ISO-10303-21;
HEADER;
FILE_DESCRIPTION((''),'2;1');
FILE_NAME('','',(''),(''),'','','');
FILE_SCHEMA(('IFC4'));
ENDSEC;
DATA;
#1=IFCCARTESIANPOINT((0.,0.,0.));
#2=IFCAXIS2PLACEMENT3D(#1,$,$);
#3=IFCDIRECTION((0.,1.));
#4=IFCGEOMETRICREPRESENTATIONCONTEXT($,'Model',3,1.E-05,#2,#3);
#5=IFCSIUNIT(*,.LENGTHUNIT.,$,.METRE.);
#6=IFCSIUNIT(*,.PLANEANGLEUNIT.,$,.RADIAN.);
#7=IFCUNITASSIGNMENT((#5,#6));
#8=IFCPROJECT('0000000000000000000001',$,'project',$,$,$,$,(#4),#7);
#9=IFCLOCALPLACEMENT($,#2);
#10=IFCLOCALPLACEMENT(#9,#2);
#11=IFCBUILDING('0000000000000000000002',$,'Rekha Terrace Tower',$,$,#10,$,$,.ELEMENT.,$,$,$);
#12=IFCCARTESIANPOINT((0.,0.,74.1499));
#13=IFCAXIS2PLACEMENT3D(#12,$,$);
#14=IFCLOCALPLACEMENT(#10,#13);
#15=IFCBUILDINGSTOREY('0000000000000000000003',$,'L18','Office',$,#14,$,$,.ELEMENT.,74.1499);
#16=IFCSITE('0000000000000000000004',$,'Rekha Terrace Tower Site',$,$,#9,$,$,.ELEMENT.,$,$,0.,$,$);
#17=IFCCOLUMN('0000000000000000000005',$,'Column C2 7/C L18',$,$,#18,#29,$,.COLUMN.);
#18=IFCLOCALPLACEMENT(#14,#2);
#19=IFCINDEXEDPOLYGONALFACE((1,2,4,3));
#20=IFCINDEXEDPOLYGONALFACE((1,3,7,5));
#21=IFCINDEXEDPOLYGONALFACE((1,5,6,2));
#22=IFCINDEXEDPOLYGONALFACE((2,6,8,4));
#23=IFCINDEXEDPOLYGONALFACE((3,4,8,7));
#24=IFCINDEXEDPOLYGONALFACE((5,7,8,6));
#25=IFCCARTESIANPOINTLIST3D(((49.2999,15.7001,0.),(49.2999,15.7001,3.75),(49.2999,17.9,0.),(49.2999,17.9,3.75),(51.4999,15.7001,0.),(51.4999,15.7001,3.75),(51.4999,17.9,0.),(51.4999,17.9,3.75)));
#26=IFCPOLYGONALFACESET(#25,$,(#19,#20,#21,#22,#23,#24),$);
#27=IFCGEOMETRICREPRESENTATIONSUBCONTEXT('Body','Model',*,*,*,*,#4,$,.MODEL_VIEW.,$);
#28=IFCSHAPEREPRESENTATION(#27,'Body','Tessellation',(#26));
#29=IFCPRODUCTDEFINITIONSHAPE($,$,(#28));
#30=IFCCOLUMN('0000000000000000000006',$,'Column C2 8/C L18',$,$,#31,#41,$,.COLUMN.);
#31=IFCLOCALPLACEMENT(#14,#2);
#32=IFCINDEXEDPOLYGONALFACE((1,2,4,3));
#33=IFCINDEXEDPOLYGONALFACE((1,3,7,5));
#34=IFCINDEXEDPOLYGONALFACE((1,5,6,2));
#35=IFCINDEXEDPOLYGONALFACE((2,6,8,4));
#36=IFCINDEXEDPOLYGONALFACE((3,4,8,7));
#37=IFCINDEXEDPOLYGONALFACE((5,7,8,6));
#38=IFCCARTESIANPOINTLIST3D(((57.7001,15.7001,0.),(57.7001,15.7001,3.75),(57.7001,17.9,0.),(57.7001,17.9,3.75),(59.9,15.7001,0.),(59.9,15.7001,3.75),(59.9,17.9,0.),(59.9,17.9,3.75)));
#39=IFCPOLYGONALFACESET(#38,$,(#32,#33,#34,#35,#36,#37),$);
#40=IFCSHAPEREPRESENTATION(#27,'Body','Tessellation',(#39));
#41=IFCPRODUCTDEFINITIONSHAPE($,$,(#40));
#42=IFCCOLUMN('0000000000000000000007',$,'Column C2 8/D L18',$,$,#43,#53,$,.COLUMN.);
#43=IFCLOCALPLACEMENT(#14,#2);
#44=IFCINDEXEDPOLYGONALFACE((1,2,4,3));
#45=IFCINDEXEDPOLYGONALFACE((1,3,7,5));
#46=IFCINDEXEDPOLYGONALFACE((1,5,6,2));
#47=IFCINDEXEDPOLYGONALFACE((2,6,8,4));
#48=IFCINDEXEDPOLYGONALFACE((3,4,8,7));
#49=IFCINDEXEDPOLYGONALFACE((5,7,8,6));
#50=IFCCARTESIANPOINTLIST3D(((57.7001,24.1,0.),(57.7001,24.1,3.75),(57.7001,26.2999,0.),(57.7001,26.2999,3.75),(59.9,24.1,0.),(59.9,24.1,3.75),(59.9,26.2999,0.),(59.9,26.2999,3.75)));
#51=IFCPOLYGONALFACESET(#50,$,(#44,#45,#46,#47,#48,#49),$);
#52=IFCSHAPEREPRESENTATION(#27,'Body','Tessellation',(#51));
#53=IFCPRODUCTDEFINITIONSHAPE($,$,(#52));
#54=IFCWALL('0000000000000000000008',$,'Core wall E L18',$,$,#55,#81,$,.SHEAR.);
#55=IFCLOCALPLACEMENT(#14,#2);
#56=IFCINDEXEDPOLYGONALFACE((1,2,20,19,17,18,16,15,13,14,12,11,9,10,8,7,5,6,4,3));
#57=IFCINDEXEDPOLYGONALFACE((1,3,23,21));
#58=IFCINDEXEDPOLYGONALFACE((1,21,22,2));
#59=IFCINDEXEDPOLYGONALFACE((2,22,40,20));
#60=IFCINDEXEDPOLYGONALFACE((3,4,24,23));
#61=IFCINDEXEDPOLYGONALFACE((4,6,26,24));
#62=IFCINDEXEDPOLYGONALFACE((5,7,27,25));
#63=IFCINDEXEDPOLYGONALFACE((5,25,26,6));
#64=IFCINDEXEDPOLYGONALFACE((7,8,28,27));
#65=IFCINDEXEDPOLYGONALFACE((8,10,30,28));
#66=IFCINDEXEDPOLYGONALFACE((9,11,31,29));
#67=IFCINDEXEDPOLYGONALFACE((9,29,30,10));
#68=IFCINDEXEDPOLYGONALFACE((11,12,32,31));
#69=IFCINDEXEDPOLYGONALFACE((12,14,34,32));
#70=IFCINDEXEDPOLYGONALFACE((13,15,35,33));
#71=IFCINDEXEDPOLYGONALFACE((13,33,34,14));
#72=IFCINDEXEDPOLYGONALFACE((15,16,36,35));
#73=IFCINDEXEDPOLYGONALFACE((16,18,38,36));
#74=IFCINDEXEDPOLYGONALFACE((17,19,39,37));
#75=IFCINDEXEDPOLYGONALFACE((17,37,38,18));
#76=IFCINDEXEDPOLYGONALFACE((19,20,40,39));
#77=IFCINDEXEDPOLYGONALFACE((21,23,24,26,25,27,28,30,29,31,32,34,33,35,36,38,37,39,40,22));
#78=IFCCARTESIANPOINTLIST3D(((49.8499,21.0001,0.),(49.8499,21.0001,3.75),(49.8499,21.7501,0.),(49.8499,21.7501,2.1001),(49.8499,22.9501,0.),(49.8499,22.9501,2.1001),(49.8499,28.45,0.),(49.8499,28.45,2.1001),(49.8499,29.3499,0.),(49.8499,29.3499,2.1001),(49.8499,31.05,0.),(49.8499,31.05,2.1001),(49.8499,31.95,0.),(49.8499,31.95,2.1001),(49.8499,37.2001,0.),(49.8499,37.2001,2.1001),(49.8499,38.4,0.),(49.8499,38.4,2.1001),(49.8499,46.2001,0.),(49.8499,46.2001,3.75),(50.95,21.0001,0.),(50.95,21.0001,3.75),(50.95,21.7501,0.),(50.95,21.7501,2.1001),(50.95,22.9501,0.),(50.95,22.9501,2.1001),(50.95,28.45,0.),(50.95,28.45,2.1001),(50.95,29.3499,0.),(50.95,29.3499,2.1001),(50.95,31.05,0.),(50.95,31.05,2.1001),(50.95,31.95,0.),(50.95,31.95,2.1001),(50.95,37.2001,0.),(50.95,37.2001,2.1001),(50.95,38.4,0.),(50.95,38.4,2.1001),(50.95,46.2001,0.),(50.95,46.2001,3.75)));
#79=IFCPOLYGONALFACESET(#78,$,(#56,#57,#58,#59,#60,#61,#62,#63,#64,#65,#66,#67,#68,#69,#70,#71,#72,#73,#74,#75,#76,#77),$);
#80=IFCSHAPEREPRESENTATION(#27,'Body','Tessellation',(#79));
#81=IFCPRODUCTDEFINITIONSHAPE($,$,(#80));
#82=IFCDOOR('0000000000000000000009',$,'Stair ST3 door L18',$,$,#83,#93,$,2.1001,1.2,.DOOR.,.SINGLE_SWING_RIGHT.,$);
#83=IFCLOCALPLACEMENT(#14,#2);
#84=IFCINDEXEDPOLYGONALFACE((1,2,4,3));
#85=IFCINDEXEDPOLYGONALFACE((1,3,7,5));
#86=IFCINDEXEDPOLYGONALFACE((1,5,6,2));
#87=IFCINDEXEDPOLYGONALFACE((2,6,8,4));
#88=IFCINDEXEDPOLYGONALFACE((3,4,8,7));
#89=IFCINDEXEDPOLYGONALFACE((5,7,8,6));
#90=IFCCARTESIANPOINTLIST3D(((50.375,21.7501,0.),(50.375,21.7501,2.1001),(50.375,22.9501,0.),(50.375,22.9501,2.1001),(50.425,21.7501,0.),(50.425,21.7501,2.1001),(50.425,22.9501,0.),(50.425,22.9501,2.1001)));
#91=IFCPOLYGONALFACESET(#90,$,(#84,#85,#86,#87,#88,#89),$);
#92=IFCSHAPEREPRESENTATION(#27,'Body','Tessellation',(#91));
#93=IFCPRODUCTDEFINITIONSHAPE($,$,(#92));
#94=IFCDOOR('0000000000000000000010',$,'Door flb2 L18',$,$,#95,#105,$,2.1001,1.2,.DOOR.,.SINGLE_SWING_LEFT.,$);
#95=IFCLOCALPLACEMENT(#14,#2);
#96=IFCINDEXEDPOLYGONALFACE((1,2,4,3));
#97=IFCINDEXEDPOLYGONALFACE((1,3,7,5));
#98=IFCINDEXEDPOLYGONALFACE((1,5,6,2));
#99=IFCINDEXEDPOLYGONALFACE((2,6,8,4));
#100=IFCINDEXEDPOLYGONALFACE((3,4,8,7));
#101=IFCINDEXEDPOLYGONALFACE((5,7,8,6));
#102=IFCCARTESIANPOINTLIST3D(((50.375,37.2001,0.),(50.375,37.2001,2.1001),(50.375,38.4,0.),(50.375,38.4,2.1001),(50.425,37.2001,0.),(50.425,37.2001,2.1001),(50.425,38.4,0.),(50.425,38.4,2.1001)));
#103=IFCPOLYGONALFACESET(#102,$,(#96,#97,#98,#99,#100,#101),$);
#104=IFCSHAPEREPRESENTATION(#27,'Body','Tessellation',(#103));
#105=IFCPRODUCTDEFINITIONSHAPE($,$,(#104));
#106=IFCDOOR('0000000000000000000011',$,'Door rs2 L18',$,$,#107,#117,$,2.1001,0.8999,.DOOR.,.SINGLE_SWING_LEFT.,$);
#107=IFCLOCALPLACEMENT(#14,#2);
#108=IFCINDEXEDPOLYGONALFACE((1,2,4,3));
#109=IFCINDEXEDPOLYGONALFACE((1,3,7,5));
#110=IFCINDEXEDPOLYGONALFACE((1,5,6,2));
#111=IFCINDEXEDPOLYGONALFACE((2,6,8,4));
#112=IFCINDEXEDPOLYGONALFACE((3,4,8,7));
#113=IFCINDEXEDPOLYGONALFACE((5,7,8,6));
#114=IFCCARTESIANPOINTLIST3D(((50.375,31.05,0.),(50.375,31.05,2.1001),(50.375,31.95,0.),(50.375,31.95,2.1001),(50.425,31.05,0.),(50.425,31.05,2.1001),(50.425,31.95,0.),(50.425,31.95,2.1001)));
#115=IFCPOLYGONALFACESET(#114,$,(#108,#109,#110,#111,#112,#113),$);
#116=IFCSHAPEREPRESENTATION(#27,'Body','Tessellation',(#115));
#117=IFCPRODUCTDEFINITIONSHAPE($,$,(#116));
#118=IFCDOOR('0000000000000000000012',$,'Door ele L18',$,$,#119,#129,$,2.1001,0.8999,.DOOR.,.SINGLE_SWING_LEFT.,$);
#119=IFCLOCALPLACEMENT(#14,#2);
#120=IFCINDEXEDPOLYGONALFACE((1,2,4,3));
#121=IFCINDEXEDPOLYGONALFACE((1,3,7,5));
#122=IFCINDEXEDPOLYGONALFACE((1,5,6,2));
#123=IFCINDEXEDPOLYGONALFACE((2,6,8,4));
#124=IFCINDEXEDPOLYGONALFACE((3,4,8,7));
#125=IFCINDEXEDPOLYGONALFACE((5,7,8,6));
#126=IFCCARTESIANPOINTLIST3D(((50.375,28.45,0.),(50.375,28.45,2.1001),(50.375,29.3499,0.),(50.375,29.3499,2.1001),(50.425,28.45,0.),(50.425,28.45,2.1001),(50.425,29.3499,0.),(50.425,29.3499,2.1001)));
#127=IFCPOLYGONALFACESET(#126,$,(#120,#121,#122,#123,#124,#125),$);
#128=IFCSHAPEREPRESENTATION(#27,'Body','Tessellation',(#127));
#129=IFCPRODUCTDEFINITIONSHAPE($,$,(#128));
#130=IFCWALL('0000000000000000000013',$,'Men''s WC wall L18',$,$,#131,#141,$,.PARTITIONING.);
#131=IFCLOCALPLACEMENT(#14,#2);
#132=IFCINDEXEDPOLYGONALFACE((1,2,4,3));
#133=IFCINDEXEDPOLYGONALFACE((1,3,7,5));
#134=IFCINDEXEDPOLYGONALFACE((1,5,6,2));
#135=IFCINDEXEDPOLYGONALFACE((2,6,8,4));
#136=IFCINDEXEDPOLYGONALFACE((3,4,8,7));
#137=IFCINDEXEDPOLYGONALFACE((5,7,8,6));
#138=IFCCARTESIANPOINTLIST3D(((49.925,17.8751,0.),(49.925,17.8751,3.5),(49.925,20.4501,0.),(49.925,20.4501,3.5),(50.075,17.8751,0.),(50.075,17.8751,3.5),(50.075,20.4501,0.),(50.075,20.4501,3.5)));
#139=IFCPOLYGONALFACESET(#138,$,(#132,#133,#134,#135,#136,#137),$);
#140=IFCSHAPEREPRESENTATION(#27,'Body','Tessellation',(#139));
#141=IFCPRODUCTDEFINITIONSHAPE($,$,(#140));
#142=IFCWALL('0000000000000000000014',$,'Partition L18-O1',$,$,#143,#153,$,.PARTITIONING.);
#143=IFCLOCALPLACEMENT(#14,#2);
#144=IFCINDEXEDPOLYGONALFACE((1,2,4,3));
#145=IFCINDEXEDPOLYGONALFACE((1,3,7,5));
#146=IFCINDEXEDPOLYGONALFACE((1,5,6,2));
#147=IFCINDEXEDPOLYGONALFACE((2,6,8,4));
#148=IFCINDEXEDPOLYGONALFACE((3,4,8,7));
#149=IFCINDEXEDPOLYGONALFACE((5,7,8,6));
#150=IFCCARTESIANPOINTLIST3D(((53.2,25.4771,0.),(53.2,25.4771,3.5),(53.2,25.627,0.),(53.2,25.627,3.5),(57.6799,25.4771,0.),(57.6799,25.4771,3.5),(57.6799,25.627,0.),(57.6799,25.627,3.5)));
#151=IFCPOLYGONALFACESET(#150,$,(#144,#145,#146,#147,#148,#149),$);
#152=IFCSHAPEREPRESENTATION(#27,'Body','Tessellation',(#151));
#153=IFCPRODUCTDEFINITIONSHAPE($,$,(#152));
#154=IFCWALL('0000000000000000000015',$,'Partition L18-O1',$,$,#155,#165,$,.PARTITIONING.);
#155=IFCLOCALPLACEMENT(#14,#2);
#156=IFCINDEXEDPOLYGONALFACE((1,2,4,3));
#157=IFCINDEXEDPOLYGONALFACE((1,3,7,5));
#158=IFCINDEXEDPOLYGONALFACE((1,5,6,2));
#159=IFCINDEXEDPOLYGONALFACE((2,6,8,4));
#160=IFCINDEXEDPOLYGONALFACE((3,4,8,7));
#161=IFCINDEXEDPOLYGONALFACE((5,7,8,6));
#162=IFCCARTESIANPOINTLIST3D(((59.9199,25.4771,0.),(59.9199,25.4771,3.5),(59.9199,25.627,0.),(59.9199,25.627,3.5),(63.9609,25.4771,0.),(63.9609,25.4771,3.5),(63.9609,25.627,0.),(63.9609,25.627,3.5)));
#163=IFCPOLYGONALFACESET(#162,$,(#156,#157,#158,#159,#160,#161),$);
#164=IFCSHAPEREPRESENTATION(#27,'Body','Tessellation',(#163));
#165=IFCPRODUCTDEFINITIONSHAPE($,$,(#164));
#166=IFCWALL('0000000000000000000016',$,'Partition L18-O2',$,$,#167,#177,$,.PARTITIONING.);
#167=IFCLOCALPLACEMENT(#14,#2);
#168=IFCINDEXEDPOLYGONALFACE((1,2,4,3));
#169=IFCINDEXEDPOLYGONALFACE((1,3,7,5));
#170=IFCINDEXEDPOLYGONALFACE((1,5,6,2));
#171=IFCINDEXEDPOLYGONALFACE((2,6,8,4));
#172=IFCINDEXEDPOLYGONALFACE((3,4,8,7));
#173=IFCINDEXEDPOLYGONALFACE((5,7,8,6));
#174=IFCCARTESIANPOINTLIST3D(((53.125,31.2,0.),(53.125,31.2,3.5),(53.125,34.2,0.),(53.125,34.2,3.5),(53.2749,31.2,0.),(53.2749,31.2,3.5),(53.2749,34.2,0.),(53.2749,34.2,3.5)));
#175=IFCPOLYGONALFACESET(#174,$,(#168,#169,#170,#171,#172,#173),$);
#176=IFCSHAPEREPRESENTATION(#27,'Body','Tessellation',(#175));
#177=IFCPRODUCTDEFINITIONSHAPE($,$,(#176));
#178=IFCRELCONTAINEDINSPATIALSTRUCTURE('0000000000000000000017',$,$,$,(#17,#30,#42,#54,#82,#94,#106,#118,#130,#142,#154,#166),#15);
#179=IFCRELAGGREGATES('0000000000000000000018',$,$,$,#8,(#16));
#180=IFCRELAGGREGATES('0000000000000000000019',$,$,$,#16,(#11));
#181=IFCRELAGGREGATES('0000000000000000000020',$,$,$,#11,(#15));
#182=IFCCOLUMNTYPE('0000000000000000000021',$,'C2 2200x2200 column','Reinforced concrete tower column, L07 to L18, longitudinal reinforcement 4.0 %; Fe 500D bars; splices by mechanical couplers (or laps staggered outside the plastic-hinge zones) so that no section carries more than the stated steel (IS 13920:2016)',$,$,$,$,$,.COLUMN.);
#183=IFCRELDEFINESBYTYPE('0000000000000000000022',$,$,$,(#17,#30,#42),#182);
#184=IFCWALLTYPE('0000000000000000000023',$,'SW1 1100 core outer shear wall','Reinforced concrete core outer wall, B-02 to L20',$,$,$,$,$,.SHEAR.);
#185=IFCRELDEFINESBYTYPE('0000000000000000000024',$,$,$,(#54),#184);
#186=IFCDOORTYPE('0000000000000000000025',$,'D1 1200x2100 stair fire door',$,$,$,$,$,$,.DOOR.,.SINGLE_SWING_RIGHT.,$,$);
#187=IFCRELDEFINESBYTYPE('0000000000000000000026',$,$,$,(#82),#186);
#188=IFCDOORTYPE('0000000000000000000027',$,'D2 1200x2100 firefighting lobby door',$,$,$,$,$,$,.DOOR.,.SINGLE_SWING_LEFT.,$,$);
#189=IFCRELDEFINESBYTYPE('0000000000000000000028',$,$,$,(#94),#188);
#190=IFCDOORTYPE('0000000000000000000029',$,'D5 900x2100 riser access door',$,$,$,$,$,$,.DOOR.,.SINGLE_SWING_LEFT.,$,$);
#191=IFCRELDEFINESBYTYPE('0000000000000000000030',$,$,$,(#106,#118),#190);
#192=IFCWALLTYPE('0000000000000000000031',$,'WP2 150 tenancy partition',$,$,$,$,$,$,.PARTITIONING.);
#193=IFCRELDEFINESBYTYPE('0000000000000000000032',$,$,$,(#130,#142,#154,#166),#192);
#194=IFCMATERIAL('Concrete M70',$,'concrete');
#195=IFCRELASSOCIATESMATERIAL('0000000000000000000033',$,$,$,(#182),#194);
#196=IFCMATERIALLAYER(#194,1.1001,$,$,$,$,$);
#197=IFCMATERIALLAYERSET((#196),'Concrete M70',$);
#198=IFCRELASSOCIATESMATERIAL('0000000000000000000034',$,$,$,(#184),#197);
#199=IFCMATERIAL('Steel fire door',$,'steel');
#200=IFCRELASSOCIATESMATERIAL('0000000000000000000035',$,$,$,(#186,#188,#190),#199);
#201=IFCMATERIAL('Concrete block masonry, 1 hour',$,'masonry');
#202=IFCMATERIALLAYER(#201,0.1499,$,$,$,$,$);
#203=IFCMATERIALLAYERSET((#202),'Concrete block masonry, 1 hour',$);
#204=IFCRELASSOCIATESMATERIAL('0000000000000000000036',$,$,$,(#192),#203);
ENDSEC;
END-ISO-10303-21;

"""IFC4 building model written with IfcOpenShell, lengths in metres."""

from ifc_helpers import new_model, si_unit, direction, frame, frame_2d, origin, origin_2d, place, context, subcontext, project, spatial, rectangle, extrude, material, layer, layer_set, material_profile, profile_set, type_object, element, fill, save


model = new_model("IFC4")

# Units and contexts
model_context = context("Model", 3, precision=1e-05, world=origin(), true_north=direction((0.0, 1.0)))
body_context = subcontext(model_context, "Body", "Model", "MODEL_VIEW")
ifc_project = project(units=[si_unit("LENGTHUNIT", "METRE"), si_unit("PLANEANGLEUNIT", "RADIAN")], contexts=[model_context])

# Site, building, storey
site_placement = place(None, origin())
site = spatial("IfcSite", under=ifc_project, at=site_placement, Name="Rekha Terrace Tower Site", CompositionType="ELEMENT", RefElevation=0.0)
building_placement = place(site_placement, origin())
building = spatial("IfcBuilding", under=site, at=building_placement, Name="Rekha Terrace Tower", CompositionType="ELEMENT")
storey_placement = place(building_placement, frame((0.0, 0.0, 74.1499)))
storey = spatial("IfcBuildingStorey", under=building, at=storey_placement, Name="L18", Description="Office", CompositionType="ELEMENT", Elevation=74.1499)

# Columns
ifc_material_1 = material(Name="Concrete M70", Category="concrete")
ifc_material_profile = material_profile(ifc_material_1, rectangle(XDim=2.2, YDim=2.2, at=origin_2d()), Name="RC 2200x2200")
ifc_profile_set = profile_set([ifc_material_profile], Name="Concrete M70")
column_type = type_object("IfcColumnType", Name="C2 2200x2200 column", Description="Reinforced concrete tower column, L07 to L18, longitudinal reinforcement 4.0 %; Fe 500D bars; splices by mechanical couplers (or laps staggered outside the plastic-hinge zones) so that no section carries more than the stated steel (IS 13920:2016)", PredefinedType="COLUMN", material=ifc_profile_set)
for number, where, z_axis, x_axis, name in (
    (1, (50.3999, 16.8, 0.0), (0.0, 0.0, 1.0), (1.0, 0.0, 0.0), "Column C2 7/C L18"),
    (2, (58.8, 16.8, 0.0), (0.0, 0.0, 1.0), (1.0, 0.0, 0.0), "Column C2 8/C L18"),
    (3, (58.8, 25.2, 0.0), (0.0, 0.0, 1.0), (1.0, 0.0, 0.0), "Column C2 8/D L18"),
):
    element("IfcColumn", number, at=place(storey_placement, frame(where, z_axis=z_axis, x_axis=x_axis)), inside=storey, type_object=column_type, Name=name, PredefinedType="COLUMN", context=body_context, shape_type="SweptSolid", body=[
        extrude(rectangle(XDim=2.2, YDim=2.2, at=origin_2d()), origin(), (0.0, 0.0, 1.0), 3.75),
    ])

# Wall, openings, doors
ifc_layer_1 = layer(ifc_material_1, 1.1001)
ifc_layer_set_1 = layer_set([ifc_layer_1], Name="Concrete M70")
wall_type_1 = type_object("IfcWallType", Name="SW1 1100 core outer shear wall", Description="Reinforced concrete core outer wall, B-02 to L20", PredefinedType="SHEAR", material=ifc_layer_set_1)
wall_1_placement = place(storey_placement, frame((50.3999, 21.0, 0.0), z_axis=(0.0, 0.0, 1.0), x_axis=(0.0, 1.0, 0.0)))
wall_1 = element("IfcWall", 4, at=wall_1_placement, inside=storey, type_object=wall_type_1, Name="Core wall E L18", PredefinedType="SHEAR", context=body_context, shape_type="SweptSolid", body=[
    extrude(rectangle(XDim=25.2, YDim=1.1001, at=frame_2d((12.6001, 0.0))), origin(), (0.0, 0.0, 1.0), 3.75),
])
opening_1_placement = place(wall_1_placement, frame((16.2, 0.0, 0.0)))
opening_1 = element("IfcOpeningElement", 5, at=opening_1_placement, cuts=wall_1, PredefinedType="OPENING", context=body_context, shape_type="SweptSolid", body=[
    extrude(rectangle(XDim=1.2, YDim=2.1001, at=frame_2d((0.6001, 1.05))), frame((0.0, 0.5601, 0.0), z_axis=(0.0, -1.0, 0.0), x_axis=(1.0, 0.0, 0.0)), (0.0, 0.0, 1.0), 1.1201),
])
opening_2_placement = place(wall_1_placement, frame((10.05, 0.0, 0.0)))
opening_2 = element("IfcOpeningElement", 6, at=opening_2_placement, cuts=wall_1, PredefinedType="OPENING", context=body_context, shape_type="SweptSolid", body=[
    extrude(rectangle(XDim=0.8999, YDim=2.1001, at=frame_2d((0.45, 1.05))), frame((0.0, 0.5601, 0.0), z_axis=(0.0, -1.0, 0.0), x_axis=(1.0, 0.0, 0.0)), (0.0, 0.0, 1.0), 1.1201),
])
opening_3_placement = place(wall_1_placement, frame((7.45, 0.0, 0.0)))
opening_3 = element("IfcOpeningElement", 7, at=opening_3_placement, cuts=wall_1, PredefinedType="OPENING", context=body_context, shape_type="SweptSolid", body=[
    extrude(rectangle(XDim=0.8999, YDim=2.1001, at=frame_2d((0.45, 1.05))), frame((0.0, 0.5601, 0.0), z_axis=(0.0, -1.0, 0.0), x_axis=(1.0, 0.0, 0.0)), (0.0, 0.0, 1.0), 1.1201),
])
opening_4_placement = place(wall_1_placement, frame((0.75, 0.0, 0.0)))
opening_4 = element("IfcOpeningElement", 8, at=opening_4_placement, cuts=wall_1, PredefinedType="OPENING", context=body_context, shape_type="SweptSolid", body=[
    extrude(rectangle(XDim=1.2, YDim=2.1001, at=frame_2d((0.6001, 1.05))), frame((0.0, 0.5601, 0.0), z_axis=(0.0, -1.0, 0.0), x_axis=(1.0, 0.0, 0.0)), (0.0, 0.0, 1.0), 1.1201),
])
ifc_material_2 = material(Name="Steel fire door", Category="steel")
door_type_1 = type_object("IfcDoorType", Name="D1 1200x2100 stair fire door", OperationType="SINGLE_SWING_RIGHT", PredefinedType="DOOR", material=ifc_material_2)
door_1_placement = place(opening_4_placement, origin())
door_1 = element("IfcDoor", 9, at=door_1_placement, inside=storey, type_object=door_type_1, Name="Stair ST3 door L18", OperationType="SINGLE_SWING_RIGHT", OverallHeight=2.1001, OverallWidth=1.2, PredefinedType="DOOR", context=body_context, shape_type="SweptSolid", body=[
    extrude(rectangle(XDim=1.2, YDim=2.1001, at=frame_2d((0.6001, 1.05))), frame((0.0, 0.0249, 0.0), z_axis=(0.0, -1.0, 0.0), x_axis=(1.0, 0.0, 0.0)), (0.0, 0.0, 1.0), 0.05),
])
fill(opening_4, door_1)
door_type_2 = type_object("IfcDoorType", Name="D2 1200x2100 firefighting lobby door", OperationType="SINGLE_SWING_LEFT", PredefinedType="DOOR", material=ifc_material_2)
door_2_placement = place(opening_1_placement, origin())
door_2 = element("IfcDoor", 10, at=door_2_placement, inside=storey, type_object=door_type_2, Name="Door flb2 L18", OperationType="SINGLE_SWING_LEFT", OverallHeight=2.1001, OverallWidth=1.2, PredefinedType="DOOR", context=body_context, shape_type="SweptSolid", body=[
    extrude(rectangle(XDim=1.2, YDim=2.1001, at=frame_2d((0.6001, 1.05))), frame((0.0, 0.0249, 0.0), z_axis=(0.0, -1.0, 0.0), x_axis=(1.0, 0.0, 0.0)), (0.0, 0.0, 1.0), 0.05),
])
fill(opening_1, door_2)
door_type_3 = type_object("IfcDoorType", Name="D5 900x2100 riser access door", OperationType="SINGLE_SWING_LEFT", PredefinedType="DOOR", material=ifc_material_2)
door_3_placement = place(opening_2_placement, origin())
door_3 = element("IfcDoor", 11, at=door_3_placement, inside=storey, type_object=door_type_3, Name="Door rs2 L18", OperationType="SINGLE_SWING_LEFT", OverallHeight=2.1001, OverallWidth=0.8999, PredefinedType="DOOR", context=body_context, shape_type="SweptSolid", body=[
    extrude(rectangle(XDim=0.8999, YDim=2.1001, at=frame_2d((0.45, 1.05))), frame((0.0, 0.0249, 0.0), z_axis=(0.0, -1.0, 0.0), x_axis=(1.0, 0.0, 0.0)), (0.0, 0.0, 1.0), 0.05),
])
fill(opening_2, door_3)
door_4_placement = place(opening_3_placement, origin())
door_4 = element("IfcDoor", 12, at=door_4_placement, inside=storey, type_object=door_type_3, Name="Door ele L18", OperationType="SINGLE_SWING_LEFT", OverallHeight=2.1001, OverallWidth=0.8999, PredefinedType="DOOR", context=body_context, shape_type="SweptSolid", body=[
    extrude(rectangle(XDim=0.8999, YDim=2.1001, at=frame_2d((0.45, 1.05))), frame((0.0, 0.0249, 0.0), z_axis=(0.0, -1.0, 0.0), x_axis=(1.0, 0.0, 0.0)), (0.0, 0.0, 1.0), 0.05),
])
fill(opening_3, door_4)

# Walls
ifc_material_3 = material(Name="Concrete block masonry, 1 hour", Category="masonry")
ifc_layer_2 = layer(ifc_material_3, 0.1499)
ifc_layer_set_2 = layer_set([ifc_layer_2], Name="Concrete block masonry, 1 hour")
wall_type_2 = type_object("IfcWallType", Name="WP2 150 tenancy partition", PredefinedType="PARTITIONING", material=ifc_layer_set_2)
wall_2_placement = place(storey_placement, frame((50.0, 17.875, 0.0), z_axis=(0.0, 0.0, 1.0), x_axis=(0.0, 1.0, 0.0)))
element("IfcWall", 13, at=wall_2_placement, inside=storey, type_object=wall_type_2, Name="Men's WC wall L18", PredefinedType="PARTITIONING", context=body_context, shape_type="SweptSolid", body=[
    extrude(rectangle(XDim=2.575, YDim=0.1499, at=frame_2d((1.2876, 0.0))), origin(), (0.0, 0.0, 1.0), 3.5),
])
wall_3_placement = place(storey_placement, frame((53.2, 25.552, 0.0), z_axis=(0.0, 0.0, 1.0), x_axis=(1.0, 0.0, 0.0)))
element("IfcWall", 14, at=wall_3_placement, inside=storey, type_object=wall_type_2, Name="Partition L18-O1", PredefinedType="PARTITIONING", context=body_context, shape_type="SweptSolid", body=[
    extrude(rectangle(XDim=4.48, YDim=0.1499, at=frame_2d((2.24, 0.0))), origin(), (0.0, 0.0, 1.0), 3.5),
])
wall_4_placement = place(storey_placement, frame((59.9199, 25.552, 0.0), z_axis=(0.0, 0.0, 1.0), x_axis=(1.0, 0.0, 0.0)))
element("IfcWall", 15, at=wall_4_placement, inside=storey, type_object=wall_type_2, Name="Partition L18-O1", PredefinedType="PARTITIONING", context=body_context, shape_type="SweptSolid", body=[
    extrude(rectangle(XDim=4.041, YDim=0.1499, at=frame_2d((2.0205, 0.0))), origin(), (0.0, 0.0, 1.0), 3.5),
])
wall_5_placement = place(storey_placement, frame((53.2, 31.2, 0.0), z_axis=(0.0, 0.0, 1.0), x_axis=(0.0, 1.0, 0.0)))
element("IfcWall", 16, at=wall_5_placement, inside=storey, type_object=wall_type_2, Name="Partition L18-O2", PredefinedType="PARTITIONING", context=body_context, shape_type="SweptSolid", body=[
    extrude(rectangle(XDim=3.0, YDim=0.1499, at=frame_2d((1.5, 0.0))), origin(), (0.0, 0.0, 1.0), 3.5),
])

save(model, "model.ifc")
